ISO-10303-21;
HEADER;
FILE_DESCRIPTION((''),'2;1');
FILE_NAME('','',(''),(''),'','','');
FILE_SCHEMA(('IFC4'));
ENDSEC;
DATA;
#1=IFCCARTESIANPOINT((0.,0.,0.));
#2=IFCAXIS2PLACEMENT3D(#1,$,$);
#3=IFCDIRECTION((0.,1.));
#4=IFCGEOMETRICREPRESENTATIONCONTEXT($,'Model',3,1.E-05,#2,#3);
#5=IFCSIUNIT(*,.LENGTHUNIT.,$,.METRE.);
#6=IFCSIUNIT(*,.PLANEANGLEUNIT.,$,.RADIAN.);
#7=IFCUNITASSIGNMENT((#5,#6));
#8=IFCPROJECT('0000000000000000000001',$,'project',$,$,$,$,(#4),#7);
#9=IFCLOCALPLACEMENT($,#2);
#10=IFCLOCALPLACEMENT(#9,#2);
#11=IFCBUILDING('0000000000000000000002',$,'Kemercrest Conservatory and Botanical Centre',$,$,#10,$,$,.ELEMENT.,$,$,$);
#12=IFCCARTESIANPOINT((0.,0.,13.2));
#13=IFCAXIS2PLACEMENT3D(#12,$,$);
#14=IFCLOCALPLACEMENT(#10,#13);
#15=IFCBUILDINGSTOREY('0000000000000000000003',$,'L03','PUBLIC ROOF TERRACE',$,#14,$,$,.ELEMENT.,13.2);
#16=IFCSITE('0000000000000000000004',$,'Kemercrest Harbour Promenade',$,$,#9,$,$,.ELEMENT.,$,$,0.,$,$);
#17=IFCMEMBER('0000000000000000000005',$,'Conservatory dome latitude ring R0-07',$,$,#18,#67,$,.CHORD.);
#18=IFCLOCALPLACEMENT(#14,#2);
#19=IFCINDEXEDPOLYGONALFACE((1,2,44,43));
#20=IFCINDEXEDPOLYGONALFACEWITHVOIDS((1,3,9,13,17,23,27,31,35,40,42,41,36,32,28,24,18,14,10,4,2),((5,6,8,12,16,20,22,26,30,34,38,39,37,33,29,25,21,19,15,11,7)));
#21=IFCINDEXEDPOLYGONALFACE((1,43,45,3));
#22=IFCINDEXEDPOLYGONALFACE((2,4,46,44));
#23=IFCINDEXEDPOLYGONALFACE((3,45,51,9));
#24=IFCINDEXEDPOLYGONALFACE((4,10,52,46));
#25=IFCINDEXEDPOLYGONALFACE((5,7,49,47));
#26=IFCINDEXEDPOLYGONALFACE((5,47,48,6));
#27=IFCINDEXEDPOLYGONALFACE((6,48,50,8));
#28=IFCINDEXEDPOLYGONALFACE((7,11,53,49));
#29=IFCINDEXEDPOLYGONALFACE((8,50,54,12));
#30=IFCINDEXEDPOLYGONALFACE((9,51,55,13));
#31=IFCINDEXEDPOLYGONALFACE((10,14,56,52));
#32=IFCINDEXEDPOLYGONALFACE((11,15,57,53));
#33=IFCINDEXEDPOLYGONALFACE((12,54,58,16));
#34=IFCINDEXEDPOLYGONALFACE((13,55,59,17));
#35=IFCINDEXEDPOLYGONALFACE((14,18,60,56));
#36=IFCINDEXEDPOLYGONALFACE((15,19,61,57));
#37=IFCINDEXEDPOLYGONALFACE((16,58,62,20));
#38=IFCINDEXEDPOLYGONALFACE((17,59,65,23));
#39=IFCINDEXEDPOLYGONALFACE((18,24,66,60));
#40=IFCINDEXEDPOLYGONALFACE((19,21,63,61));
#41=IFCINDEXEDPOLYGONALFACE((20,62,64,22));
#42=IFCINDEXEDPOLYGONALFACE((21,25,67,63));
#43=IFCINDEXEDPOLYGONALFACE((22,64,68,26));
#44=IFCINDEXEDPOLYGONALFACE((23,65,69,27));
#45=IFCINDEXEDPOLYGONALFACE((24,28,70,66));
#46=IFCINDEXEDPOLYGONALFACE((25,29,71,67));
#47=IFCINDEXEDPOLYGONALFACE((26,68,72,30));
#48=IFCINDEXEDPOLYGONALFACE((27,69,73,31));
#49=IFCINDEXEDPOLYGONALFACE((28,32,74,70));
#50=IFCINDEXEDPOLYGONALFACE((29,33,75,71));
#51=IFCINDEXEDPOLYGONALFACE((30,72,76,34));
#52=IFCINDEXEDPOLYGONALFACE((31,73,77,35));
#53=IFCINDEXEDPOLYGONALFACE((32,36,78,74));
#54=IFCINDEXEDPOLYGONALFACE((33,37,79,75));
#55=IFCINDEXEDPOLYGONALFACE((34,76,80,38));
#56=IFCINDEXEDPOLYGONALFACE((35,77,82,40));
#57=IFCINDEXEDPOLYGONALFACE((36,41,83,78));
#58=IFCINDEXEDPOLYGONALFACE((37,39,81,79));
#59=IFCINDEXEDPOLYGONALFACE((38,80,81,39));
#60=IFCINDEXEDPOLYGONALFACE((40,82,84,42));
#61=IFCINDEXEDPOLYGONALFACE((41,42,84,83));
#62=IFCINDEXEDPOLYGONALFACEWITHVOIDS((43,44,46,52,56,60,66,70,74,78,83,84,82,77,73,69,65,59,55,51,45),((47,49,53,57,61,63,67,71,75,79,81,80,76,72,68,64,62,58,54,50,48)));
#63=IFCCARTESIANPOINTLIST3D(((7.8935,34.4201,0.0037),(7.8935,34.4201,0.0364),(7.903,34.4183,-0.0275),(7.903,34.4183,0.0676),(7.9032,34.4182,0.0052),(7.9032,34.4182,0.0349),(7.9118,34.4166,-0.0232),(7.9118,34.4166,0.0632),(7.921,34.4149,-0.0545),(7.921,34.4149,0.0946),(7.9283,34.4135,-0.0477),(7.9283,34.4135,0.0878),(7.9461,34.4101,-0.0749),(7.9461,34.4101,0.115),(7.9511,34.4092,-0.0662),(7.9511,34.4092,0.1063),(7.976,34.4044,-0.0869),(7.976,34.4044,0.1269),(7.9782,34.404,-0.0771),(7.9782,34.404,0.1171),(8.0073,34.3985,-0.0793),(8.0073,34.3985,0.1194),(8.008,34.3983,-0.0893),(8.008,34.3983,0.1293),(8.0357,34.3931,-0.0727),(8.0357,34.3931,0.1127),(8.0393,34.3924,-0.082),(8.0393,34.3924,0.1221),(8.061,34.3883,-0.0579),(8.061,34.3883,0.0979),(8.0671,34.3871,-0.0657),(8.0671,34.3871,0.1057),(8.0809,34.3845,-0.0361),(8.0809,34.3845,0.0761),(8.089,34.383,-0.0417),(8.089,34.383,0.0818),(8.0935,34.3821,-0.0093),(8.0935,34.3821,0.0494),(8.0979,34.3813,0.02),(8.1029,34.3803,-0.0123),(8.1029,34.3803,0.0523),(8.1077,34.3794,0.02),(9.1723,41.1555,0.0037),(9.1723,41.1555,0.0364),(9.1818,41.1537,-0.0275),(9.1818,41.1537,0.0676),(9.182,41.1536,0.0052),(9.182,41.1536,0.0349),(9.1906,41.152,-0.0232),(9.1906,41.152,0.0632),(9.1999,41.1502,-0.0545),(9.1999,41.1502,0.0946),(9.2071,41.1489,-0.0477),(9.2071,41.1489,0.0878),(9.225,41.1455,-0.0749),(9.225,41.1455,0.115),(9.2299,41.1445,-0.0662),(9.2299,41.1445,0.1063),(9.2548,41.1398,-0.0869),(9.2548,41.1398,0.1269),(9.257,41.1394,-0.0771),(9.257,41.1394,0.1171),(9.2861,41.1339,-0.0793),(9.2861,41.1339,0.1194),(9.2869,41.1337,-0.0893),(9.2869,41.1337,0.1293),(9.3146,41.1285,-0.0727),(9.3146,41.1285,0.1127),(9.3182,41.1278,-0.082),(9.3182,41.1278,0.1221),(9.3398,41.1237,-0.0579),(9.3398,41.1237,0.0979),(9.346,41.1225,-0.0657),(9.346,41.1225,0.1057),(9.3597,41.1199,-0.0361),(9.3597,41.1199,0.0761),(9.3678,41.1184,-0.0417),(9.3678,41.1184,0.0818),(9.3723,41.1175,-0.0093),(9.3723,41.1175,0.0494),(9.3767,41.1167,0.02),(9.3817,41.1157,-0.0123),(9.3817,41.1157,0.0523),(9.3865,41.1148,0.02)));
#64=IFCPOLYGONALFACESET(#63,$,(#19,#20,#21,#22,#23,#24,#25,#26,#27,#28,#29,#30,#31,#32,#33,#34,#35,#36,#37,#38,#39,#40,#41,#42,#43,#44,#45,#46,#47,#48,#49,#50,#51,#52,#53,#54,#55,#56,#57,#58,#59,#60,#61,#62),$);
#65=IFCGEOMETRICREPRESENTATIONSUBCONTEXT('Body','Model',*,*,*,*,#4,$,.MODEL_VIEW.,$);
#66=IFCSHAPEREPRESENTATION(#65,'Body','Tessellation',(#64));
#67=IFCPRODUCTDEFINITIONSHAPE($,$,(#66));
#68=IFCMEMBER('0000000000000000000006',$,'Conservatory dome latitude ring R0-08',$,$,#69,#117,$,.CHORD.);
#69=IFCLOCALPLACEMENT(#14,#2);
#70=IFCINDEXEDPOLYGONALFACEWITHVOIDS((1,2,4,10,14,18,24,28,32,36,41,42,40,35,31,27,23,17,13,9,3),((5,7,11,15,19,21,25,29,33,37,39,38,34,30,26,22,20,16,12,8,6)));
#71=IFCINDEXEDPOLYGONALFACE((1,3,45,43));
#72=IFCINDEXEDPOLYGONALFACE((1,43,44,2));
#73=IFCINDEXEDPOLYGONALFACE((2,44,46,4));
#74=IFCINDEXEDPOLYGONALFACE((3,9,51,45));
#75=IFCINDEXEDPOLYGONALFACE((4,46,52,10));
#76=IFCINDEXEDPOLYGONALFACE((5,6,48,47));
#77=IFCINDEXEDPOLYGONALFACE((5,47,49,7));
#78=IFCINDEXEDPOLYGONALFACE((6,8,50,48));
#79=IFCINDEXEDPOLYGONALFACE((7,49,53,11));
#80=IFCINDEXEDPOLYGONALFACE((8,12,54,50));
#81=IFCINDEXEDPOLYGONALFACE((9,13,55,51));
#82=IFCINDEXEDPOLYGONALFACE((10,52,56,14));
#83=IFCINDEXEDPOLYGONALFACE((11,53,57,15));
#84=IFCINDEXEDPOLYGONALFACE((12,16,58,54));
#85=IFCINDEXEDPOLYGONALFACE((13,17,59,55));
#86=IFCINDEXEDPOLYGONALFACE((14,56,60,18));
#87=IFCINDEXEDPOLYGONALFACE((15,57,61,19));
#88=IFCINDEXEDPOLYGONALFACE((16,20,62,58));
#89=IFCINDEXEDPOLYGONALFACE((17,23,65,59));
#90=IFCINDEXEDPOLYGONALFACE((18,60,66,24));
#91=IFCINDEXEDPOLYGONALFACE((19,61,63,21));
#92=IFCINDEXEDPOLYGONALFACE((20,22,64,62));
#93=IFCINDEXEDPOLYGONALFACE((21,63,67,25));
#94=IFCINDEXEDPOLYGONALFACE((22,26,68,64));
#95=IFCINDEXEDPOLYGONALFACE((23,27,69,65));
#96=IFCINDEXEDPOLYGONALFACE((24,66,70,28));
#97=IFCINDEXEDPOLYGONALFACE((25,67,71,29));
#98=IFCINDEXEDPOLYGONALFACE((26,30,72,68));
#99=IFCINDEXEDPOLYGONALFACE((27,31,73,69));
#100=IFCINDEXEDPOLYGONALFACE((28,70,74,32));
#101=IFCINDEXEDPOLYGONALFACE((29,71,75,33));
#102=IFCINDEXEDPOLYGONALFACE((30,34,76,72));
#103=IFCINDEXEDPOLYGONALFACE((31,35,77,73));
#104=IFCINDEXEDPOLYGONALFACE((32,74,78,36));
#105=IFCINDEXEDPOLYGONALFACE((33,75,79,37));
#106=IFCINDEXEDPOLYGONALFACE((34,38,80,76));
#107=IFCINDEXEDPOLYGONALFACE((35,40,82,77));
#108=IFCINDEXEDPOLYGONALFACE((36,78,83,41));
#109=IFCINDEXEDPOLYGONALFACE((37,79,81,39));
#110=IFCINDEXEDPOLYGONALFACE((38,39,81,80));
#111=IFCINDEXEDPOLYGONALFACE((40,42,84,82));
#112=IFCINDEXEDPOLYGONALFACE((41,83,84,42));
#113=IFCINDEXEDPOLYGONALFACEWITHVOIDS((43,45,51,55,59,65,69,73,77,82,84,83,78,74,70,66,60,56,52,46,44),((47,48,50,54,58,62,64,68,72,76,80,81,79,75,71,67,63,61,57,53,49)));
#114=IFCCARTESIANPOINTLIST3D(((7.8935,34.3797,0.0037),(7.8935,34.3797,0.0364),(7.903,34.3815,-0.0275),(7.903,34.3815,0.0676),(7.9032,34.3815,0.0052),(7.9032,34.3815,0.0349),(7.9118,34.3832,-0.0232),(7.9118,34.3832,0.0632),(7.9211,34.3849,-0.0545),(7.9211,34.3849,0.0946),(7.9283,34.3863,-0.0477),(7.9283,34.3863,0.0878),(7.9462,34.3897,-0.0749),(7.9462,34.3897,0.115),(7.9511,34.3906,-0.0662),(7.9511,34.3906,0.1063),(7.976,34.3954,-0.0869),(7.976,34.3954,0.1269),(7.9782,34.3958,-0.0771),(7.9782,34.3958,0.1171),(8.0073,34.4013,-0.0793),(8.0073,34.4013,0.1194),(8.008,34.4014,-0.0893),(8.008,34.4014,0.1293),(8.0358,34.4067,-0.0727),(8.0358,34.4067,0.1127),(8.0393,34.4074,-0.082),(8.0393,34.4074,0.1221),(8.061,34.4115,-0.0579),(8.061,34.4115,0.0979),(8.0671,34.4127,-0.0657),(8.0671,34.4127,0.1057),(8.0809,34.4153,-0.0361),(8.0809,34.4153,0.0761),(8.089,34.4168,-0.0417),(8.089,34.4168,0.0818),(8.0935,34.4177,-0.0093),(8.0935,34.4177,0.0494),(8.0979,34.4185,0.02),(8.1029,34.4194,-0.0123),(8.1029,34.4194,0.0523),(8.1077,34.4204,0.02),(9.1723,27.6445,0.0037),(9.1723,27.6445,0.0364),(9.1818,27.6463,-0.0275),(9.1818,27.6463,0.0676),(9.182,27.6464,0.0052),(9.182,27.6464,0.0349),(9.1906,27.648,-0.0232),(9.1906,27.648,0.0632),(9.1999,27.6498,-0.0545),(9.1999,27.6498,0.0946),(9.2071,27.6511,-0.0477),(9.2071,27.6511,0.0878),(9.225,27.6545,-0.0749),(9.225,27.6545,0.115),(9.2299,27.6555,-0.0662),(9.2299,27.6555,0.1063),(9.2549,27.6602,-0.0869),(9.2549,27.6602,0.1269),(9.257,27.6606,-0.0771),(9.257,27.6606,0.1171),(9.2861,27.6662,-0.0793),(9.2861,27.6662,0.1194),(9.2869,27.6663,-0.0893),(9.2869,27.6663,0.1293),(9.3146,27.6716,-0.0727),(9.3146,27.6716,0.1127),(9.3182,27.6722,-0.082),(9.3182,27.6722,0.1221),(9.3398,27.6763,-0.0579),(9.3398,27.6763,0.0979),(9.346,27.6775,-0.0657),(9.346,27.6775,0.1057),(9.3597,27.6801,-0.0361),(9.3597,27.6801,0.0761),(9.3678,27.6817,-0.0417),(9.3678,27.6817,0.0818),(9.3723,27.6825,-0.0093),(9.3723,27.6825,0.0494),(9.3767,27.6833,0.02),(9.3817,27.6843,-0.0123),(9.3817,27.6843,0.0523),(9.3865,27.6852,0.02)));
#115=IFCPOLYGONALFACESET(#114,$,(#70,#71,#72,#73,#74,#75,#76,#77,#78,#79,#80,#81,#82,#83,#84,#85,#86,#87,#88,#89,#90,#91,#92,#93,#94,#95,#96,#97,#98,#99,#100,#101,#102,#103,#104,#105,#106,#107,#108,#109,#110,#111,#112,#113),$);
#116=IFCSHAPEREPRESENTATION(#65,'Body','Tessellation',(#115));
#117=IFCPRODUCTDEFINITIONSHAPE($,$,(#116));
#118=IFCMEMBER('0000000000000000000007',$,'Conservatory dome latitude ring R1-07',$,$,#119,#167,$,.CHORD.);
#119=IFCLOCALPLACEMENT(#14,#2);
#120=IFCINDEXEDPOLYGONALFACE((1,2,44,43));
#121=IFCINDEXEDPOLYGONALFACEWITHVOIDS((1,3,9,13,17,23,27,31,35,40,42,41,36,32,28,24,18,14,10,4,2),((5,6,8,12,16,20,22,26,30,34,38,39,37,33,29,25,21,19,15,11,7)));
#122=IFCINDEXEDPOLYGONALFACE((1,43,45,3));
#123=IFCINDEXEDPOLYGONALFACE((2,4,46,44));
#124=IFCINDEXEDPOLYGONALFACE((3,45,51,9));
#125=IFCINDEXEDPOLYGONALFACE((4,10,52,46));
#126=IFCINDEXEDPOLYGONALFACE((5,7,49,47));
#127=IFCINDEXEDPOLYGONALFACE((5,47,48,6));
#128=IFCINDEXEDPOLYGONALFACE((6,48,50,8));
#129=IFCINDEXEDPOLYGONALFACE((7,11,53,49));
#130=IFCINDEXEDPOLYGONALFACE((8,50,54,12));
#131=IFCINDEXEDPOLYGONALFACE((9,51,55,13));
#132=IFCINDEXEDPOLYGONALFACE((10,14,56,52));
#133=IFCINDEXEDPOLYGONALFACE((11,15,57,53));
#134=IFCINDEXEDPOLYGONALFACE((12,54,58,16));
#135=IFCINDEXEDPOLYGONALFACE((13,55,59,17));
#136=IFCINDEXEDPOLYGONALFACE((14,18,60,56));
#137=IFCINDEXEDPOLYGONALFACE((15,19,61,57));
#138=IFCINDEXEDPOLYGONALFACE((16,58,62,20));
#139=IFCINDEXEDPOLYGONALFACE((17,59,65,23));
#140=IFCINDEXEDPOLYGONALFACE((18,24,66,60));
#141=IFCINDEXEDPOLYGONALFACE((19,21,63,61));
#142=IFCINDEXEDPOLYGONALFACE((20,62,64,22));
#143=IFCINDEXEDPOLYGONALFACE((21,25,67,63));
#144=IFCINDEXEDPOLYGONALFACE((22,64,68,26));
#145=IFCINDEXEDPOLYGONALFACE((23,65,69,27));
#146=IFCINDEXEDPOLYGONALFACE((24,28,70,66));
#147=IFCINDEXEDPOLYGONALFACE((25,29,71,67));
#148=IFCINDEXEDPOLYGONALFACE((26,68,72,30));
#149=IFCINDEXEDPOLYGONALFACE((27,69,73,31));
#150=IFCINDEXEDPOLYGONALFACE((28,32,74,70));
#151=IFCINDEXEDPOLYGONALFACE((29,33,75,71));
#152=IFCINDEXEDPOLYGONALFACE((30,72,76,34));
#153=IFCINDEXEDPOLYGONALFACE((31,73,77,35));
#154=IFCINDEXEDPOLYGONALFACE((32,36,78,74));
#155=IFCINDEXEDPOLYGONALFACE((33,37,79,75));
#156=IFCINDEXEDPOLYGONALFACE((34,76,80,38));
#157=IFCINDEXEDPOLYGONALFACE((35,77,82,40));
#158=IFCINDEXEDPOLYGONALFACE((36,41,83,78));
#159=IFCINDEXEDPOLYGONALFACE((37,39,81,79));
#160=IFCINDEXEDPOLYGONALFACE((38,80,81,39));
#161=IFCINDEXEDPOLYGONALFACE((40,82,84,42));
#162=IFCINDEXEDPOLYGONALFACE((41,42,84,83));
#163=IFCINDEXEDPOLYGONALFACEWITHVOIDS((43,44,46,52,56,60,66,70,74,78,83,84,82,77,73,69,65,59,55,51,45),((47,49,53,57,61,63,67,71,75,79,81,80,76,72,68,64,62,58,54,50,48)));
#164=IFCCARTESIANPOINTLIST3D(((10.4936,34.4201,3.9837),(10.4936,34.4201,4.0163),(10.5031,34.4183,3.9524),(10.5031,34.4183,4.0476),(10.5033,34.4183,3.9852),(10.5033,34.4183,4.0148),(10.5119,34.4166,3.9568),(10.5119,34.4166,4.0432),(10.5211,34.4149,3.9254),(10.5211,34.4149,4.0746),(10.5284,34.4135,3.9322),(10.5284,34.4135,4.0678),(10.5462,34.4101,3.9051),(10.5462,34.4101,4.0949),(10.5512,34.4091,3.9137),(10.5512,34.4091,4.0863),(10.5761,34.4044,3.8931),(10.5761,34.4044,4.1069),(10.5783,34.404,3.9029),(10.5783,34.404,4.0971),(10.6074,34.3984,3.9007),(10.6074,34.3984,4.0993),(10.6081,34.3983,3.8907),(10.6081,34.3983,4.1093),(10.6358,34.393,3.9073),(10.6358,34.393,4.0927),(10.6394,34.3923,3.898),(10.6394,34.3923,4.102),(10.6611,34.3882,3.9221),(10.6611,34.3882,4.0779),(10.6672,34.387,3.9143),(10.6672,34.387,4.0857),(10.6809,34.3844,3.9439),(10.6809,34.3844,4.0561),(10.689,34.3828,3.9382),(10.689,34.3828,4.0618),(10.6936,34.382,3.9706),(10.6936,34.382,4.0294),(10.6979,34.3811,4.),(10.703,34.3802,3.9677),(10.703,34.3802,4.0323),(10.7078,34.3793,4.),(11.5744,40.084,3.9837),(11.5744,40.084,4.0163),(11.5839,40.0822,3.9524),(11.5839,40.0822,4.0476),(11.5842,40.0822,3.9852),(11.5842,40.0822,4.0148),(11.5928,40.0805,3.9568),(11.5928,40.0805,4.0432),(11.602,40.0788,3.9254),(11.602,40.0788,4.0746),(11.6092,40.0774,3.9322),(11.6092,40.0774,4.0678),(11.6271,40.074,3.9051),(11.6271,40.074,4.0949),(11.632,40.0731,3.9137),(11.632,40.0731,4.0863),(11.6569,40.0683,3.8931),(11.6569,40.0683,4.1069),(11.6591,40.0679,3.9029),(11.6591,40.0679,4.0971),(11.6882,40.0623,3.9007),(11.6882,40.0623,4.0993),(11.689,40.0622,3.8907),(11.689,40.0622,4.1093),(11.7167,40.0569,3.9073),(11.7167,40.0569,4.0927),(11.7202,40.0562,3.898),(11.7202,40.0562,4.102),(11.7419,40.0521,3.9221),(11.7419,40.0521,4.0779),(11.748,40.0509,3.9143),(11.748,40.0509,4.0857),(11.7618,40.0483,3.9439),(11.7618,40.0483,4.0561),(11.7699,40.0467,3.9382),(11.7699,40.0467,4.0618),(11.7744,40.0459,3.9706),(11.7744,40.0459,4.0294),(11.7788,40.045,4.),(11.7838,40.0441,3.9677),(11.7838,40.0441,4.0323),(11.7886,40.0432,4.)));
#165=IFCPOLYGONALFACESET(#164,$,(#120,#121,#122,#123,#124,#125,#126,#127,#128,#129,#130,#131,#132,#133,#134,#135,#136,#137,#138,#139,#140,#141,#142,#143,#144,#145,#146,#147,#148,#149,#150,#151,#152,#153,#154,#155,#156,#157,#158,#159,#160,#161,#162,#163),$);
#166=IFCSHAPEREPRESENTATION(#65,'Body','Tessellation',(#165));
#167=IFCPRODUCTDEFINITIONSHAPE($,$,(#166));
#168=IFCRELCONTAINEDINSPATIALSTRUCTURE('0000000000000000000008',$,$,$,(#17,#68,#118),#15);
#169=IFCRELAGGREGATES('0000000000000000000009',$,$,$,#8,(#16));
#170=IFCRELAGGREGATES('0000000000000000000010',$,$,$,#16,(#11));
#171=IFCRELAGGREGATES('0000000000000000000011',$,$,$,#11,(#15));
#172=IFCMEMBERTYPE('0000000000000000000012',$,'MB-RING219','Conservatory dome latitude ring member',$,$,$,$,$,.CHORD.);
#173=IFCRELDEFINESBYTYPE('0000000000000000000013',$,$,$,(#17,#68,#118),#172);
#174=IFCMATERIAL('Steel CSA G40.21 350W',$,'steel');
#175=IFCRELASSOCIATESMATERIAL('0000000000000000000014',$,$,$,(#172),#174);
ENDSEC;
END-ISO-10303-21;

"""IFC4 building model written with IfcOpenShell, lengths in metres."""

from ifc_helpers import new_model, si_unit, direction, frame, origin, origin_2d, place, context, subcontext, project, spatial, hollow_circle, extrude, material, material_profile, profile_set, type_object, element, save


model = new_model("IFC4")

# Units and contexts
model_context = context("Model", 3, precision=1e-05, world=origin(), true_north=direction((0.0, 1.0)))
body_context = subcontext(model_context, "Body", "Model", "MODEL_VIEW")
ifc_project = project(units=[si_unit("LENGTHUNIT", "METRE"), si_unit("PLANEANGLEUNIT", "RADIAN")], contexts=[model_context])

# Site, building, storey
site_placement = place(None, origin())
site = spatial("IfcSite", under=ifc_project, at=site_placement, Name="Kemercrest Harbour Promenade", CompositionType="ELEMENT", RefElevation=0.0)
building_placement = place(site_placement, origin())
building = spatial("IfcBuilding", under=site, at=building_placement, Name="Kemercrest Conservatory and Botanical Centre", CompositionType="ELEMENT")
storey_placement = place(building_placement, frame((0.0, 0.0, 13.2)))
storey = spatial("IfcBuildingStorey", under=building, at=storey_placement, Name="L03", Description="PUBLIC ROOF TERRACE", CompositionType="ELEMENT", Elevation=13.2)

# Shared definitions
ifc_material_1 = material(Name="Steel CSA G40.21 350W", Category="steel")

# Members
ifc_material_profile_1 = material_profile(ifc_material_1, hollow_circle(Radius=0.1096, WallThickness=0.01, at=origin_2d()), Name="CHS 219.1x10.0")
ifc_profile_set_1 = profile_set([ifc_material_profile_1], Name="Steel CSA G40.21 350W")
member_type_1 = type_object("IfcMemberType", Name="MB-RING219", Description="Conservatory dome latitude ring member", PredefinedType="CHORD", material=ifc_profile_set_1)
member_1_placement = place(storey_placement, frame((9.2788, 41.1353, 0.02), z_axis=(-0.186533, -0.982449, 0.0), x_axis=(0.982449, -0.186533, 0.0)))
element("IfcMember", 1, at=member_1_placement, inside=storey, type_object=member_type_1, Name="Conservatory dome latitude ring R0-07", PredefinedType="CHORD", context=body_context, shape_type="SweptSolid", body=[
    extrude(hollow_circle(Radius=0.1096, WallThickness=0.01, at=origin_2d()), origin(), (0.0, 0.0, 1.0), 6.8557),
])
member_2_placement = place(storey_placement, frame((8.0, 34.3999, 0.02), z_axis=(0.186539, -0.982447, 0.0), x_axis=(0.982447, 0.186539, 0.0)))
element("IfcMember", 2, at=member_2_placement, inside=storey, type_object=member_type_1, Name="Conservatory dome latitude ring R0-08", PredefinedType="CHORD", context=body_context, shape_type="SweptSolid", body=[
    extrude(hollow_circle(Radius=0.1096, WallThickness=0.01, at=origin_2d()), origin(), (0.0, 0.0, 1.0), 6.8555),
])
member_3_placement = place(storey_placement, frame((11.6809, 40.0637, 4.0), z_axis=(-0.187445, -0.982275, 0.0), x_axis=(0.982275, -0.187445, 0.0)))
element("IfcMember", 3, at=member_3_placement, inside=storey, type_object=member_type_1, Name="Conservatory dome latitude ring R1-07", PredefinedType="CHORD", context=body_context, shape_type="SweptSolid", body=[
    extrude(hollow_circle(Radius=0.1096, WallThickness=0.01, at=origin_2d()), origin(), (0.0, 0.0, 1.0), 5.7661),
])

save(model, "model.ifc")
